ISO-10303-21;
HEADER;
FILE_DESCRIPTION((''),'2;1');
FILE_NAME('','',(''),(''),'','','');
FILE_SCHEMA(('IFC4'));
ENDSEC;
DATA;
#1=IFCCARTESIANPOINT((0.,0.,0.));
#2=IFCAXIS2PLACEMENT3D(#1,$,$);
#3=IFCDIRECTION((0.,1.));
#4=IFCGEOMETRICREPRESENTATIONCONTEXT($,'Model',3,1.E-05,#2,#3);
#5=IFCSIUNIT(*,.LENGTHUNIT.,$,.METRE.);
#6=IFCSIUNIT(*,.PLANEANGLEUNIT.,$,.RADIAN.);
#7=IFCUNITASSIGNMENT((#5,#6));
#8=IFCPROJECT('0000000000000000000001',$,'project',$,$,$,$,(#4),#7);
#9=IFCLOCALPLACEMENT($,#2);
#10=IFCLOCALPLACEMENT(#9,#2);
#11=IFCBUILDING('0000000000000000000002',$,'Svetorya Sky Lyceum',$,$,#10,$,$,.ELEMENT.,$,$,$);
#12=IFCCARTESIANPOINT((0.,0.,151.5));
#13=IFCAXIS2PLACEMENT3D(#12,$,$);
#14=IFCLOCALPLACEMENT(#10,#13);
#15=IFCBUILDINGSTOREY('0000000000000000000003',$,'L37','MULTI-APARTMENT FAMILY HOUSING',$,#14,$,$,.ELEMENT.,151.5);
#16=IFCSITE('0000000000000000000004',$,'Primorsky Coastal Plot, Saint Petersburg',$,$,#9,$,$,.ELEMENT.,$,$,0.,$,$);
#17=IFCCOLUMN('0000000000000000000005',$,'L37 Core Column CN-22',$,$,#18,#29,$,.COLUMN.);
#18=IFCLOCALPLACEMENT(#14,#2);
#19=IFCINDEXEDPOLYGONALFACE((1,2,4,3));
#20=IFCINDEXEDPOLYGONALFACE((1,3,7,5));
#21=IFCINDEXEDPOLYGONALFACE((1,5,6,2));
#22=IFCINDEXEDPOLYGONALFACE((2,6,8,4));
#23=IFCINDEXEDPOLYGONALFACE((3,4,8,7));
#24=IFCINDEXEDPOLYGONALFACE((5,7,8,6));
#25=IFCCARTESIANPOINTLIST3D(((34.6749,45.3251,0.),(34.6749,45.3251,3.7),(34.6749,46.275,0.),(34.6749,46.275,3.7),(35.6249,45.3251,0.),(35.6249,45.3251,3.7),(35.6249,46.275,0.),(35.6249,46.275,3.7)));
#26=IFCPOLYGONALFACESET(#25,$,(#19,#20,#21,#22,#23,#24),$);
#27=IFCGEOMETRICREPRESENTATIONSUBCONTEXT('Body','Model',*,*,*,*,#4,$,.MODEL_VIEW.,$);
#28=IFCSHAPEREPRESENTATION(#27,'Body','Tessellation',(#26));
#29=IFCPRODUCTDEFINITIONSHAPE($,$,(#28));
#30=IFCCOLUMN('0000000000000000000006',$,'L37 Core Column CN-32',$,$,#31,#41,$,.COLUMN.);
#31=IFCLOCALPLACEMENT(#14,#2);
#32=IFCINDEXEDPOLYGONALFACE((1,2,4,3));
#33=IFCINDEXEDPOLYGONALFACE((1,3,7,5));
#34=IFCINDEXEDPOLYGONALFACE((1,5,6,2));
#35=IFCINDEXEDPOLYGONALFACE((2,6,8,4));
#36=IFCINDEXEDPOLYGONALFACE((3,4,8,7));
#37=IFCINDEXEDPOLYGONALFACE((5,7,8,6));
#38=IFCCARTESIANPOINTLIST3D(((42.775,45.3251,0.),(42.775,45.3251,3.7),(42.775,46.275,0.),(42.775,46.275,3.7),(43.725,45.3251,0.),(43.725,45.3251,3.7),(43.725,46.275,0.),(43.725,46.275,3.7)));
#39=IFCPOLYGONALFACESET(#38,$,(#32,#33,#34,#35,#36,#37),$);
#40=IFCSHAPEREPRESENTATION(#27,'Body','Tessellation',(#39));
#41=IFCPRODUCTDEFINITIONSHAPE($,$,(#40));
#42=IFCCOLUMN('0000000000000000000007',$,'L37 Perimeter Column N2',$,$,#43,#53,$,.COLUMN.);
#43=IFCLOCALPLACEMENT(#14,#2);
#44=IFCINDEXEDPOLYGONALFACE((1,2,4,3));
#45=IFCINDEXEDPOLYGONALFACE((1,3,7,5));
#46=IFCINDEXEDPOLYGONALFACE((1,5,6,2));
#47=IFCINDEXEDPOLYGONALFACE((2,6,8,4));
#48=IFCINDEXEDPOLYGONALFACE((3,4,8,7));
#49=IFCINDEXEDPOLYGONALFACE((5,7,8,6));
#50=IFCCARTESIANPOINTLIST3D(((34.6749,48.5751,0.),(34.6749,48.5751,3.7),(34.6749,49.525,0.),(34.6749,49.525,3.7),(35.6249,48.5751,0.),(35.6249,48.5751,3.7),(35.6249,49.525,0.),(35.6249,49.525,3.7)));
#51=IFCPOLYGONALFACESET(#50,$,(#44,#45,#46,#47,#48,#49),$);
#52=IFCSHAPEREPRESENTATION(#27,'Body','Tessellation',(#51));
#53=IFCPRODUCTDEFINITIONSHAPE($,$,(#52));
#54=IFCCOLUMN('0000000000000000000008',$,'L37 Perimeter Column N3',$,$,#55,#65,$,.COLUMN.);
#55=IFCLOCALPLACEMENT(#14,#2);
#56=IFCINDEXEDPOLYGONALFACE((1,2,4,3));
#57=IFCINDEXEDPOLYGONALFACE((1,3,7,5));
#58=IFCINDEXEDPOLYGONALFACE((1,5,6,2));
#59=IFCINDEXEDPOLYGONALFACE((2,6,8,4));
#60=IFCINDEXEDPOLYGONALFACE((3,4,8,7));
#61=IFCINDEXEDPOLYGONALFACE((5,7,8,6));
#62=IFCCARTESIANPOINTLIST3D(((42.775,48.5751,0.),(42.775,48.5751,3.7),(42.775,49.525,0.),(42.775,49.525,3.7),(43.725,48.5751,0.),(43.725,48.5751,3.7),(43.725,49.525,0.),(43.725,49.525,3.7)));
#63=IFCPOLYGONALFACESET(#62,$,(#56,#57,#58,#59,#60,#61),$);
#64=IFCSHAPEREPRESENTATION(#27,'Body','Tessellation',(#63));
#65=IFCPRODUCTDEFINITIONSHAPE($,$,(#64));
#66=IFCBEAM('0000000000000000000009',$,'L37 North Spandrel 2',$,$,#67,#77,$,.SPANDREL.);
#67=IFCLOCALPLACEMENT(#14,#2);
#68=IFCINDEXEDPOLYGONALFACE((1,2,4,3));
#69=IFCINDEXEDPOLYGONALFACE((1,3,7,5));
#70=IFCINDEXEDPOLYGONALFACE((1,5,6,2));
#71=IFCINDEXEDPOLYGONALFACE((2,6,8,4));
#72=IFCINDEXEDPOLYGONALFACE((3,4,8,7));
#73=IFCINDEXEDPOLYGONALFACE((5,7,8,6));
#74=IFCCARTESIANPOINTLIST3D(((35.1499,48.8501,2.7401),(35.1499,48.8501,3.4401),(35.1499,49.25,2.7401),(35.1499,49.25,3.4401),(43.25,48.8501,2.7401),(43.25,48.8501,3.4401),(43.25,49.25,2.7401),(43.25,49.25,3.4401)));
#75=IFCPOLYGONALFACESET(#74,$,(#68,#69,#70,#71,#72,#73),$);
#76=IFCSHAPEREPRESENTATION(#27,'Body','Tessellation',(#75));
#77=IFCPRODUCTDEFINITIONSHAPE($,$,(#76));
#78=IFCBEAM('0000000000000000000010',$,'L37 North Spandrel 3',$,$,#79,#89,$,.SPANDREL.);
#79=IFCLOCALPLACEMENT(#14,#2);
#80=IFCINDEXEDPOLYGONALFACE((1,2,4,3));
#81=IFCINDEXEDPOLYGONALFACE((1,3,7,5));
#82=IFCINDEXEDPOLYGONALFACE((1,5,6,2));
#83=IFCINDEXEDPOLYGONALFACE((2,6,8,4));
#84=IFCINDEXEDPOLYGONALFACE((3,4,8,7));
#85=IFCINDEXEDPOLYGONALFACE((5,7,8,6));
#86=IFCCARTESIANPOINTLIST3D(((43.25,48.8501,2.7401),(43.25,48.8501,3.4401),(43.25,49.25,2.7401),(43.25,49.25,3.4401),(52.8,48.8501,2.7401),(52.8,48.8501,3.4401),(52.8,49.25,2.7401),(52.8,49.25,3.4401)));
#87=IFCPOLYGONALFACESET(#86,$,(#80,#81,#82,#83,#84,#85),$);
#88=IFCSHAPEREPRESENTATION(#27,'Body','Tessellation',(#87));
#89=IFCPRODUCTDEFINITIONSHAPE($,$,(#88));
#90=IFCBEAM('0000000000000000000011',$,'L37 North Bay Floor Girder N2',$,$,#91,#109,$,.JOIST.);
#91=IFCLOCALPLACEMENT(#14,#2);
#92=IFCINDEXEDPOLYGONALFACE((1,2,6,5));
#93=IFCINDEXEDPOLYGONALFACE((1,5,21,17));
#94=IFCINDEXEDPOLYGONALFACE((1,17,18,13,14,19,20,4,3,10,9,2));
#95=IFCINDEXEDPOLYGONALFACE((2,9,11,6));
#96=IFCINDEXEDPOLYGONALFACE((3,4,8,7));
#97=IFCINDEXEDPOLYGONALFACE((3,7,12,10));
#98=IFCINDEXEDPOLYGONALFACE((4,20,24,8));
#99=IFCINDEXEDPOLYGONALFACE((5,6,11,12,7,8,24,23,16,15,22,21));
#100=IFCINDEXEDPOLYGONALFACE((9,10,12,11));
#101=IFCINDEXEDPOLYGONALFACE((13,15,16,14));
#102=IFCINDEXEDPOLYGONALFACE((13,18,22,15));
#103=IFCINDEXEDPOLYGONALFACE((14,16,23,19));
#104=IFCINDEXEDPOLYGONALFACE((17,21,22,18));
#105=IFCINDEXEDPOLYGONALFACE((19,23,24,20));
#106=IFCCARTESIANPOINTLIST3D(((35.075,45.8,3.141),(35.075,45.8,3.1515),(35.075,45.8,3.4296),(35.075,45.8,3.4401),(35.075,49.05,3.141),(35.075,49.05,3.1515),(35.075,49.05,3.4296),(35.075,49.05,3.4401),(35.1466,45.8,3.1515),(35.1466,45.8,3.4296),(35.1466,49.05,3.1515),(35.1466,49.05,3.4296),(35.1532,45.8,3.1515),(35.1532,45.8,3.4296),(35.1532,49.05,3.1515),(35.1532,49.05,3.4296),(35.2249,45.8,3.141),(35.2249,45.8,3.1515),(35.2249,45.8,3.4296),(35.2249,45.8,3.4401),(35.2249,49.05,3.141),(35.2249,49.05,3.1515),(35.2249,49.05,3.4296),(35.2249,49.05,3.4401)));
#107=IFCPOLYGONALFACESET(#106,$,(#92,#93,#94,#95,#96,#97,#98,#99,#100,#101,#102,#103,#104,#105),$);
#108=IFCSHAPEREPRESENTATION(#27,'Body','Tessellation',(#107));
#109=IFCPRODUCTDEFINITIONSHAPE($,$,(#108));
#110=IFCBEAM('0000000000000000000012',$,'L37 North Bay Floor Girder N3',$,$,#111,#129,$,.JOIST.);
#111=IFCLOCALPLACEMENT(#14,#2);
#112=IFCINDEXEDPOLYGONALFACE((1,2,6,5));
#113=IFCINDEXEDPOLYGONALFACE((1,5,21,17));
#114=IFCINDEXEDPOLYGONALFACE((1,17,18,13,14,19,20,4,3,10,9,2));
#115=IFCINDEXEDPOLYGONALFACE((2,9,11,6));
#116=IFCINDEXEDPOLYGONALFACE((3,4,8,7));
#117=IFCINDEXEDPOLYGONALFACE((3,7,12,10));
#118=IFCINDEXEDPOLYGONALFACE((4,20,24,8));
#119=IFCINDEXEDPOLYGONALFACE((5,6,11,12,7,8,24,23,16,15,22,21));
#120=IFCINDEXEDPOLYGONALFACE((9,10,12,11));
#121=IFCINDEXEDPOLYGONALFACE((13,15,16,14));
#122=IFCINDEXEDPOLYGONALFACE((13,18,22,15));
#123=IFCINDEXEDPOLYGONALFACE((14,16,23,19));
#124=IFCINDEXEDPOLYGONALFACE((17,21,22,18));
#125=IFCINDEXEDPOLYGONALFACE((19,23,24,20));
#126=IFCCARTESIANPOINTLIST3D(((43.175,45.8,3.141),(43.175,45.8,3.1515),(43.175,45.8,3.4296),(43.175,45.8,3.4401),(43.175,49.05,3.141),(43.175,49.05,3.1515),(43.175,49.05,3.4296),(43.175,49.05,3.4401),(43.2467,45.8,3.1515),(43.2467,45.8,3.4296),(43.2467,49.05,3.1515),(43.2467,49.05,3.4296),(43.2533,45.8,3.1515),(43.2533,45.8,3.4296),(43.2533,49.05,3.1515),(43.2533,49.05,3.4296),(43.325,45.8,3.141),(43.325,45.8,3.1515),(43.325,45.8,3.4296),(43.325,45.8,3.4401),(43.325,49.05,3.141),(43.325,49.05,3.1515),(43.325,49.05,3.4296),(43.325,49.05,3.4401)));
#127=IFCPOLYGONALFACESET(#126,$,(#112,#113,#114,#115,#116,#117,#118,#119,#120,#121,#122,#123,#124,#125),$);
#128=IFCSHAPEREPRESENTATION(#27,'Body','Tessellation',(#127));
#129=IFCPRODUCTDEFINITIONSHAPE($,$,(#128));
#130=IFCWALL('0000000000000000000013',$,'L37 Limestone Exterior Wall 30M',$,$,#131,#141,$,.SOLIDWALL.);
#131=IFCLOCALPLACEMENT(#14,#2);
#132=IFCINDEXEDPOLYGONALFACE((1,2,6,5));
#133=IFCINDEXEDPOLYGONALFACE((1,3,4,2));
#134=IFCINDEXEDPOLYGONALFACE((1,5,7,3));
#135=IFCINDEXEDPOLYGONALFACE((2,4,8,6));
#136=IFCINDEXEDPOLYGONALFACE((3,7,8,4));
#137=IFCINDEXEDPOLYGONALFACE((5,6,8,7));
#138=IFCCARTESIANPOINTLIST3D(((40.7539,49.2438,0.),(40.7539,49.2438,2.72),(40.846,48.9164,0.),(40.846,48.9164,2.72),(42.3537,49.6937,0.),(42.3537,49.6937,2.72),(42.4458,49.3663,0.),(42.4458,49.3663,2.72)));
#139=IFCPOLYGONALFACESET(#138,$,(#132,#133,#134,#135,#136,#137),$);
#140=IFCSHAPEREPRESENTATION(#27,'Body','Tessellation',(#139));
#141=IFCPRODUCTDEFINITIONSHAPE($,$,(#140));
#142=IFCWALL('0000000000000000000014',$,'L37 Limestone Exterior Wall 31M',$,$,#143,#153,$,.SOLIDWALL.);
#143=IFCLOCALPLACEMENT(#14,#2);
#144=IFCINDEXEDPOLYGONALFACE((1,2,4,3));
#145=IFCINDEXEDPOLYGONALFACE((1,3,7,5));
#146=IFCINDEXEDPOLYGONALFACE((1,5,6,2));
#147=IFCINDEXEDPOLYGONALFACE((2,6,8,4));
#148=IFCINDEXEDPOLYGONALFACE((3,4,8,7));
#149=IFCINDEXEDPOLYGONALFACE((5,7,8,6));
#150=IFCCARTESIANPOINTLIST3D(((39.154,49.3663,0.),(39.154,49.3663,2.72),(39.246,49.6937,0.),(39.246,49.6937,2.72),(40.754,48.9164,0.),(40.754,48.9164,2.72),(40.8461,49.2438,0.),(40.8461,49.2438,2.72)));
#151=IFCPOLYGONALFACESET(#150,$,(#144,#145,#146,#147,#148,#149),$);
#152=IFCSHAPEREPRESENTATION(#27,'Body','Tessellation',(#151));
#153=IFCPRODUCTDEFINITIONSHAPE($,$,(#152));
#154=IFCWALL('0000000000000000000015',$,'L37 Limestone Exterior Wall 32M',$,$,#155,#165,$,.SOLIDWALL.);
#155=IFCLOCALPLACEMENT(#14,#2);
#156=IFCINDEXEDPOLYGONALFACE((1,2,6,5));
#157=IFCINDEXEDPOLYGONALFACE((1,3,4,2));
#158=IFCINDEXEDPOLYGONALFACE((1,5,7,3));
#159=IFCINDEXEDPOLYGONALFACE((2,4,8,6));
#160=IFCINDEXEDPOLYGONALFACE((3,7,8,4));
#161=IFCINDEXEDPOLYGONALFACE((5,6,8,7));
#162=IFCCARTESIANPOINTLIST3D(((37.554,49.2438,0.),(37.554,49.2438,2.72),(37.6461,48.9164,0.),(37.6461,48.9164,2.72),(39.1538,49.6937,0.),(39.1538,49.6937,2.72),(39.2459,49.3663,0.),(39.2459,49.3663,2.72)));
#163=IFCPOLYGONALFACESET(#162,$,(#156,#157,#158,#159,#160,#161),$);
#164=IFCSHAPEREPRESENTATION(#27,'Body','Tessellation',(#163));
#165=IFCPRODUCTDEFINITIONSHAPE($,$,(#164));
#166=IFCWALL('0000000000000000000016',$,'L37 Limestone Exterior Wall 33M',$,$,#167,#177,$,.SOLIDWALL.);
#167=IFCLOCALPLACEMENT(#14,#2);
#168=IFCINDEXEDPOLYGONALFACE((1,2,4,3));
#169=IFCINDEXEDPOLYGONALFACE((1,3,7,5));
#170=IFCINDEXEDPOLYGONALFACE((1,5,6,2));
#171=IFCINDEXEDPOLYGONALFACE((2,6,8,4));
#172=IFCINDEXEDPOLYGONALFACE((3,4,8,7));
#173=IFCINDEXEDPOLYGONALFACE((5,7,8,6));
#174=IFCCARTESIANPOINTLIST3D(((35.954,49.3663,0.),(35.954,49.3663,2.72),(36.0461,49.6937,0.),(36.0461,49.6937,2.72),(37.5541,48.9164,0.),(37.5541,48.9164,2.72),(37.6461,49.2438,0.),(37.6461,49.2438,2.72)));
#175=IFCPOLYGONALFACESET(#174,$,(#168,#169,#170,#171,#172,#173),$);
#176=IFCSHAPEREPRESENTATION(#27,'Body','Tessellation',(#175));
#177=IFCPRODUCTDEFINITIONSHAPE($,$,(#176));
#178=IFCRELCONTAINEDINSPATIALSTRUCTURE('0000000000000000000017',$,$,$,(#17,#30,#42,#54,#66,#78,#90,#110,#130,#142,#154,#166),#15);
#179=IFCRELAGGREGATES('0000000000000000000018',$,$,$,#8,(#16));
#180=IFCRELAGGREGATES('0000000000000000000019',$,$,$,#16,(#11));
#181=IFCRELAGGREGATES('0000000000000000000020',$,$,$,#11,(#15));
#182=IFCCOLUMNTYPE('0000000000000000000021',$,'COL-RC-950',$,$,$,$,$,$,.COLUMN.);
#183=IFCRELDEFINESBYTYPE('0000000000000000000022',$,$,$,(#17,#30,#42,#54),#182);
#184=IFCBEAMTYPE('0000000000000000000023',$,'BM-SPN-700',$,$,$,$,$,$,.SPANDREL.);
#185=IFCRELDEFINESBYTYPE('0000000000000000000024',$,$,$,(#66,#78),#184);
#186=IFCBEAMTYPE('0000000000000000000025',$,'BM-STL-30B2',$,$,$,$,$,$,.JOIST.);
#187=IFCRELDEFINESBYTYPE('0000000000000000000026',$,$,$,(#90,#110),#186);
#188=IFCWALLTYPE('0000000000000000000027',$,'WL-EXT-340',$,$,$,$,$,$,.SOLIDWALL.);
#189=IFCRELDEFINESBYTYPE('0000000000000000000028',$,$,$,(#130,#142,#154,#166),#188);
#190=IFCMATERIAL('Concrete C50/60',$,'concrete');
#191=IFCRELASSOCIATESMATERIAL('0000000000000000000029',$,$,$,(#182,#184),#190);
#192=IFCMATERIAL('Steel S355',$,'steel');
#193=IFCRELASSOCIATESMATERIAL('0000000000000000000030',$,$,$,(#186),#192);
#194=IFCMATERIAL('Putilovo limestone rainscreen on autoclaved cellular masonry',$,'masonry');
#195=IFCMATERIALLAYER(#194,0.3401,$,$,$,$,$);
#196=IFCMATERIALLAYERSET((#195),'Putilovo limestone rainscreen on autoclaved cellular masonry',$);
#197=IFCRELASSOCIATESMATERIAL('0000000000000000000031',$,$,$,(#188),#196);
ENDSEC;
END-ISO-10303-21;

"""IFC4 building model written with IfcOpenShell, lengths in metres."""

from ifc_helpers import new_model, si_unit, direction, frame, frame_2d, origin, origin_2d, place, context, subcontext, project, spatial, rectangle, i_section, extrude, material, layer, layer_set, material_profile, profile_set, type_object, element, save


model = new_model("IFC4")

# Units and contexts
model_context = context("Model", 3, precision=1e-05, world=origin(), true_north=direction((0.0, 1.0)))
body_context = subcontext(model_context, "Body", "Model", "MODEL_VIEW")
ifc_project = project(units=[si_unit("LENGTHUNIT", "METRE"), si_unit("PLANEANGLEUNIT", "RADIAN")], contexts=[model_context])

# Site, building, storey
site_placement = place(None, origin())
site = spatial("IfcSite", under=ifc_project, at=site_placement, Name="Primorsky Coastal Plot, Saint Petersburg", CompositionType="ELEMENT", RefElevation=0.0)
building_placement = place(site_placement, origin())
building = spatial("IfcBuilding", under=site, at=building_placement, Name="Svetorya Sky Lyceum", CompositionType="ELEMENT")
storey_placement = place(building_placement, frame((0.0, 0.0, 151.5)))
storey = spatial("IfcBuildingStorey", under=building, at=storey_placement, Name="L37", Description="MULTI-APARTMENT FAMILY HOUSING", CompositionType="ELEMENT", Elevation=151.5)

# Columns
ifc_material_1 = material(Name="Concrete C50/60", Category="concrete")
ifc_material_profile_1 = material_profile(ifc_material_1, rectangle(XDim=0.95, YDim=0.95, at=origin_2d()), Name="RC COL 950x950")
ifc_profile_set_1 = profile_set([ifc_material_profile_1], Name="Concrete C50/60")
column_type = type_object("IfcColumnType", Name="COL-RC-950", PredefinedType="COLUMN", material=ifc_profile_set_1)
for number, where, z_axis, x_axis, name in (
    (1, (35.1499, 45.8, 0.0), (0.0, 0.0, 1.0), (1.0, 0.0, 0.0), "L37 Core Column CN-22"),
    (2, (43.25, 45.8, 0.0), (0.0, 0.0, 1.0), (1.0, 0.0, 0.0), "L37 Core Column CN-32"),
    (3, (35.1499, 49.05, 0.0), (0.0, 0.0, 1.0), (1.0, 0.0, 0.0), "L37 Perimeter Column N2"),
    (4, (43.25, 49.05, 0.0), (0.0, 0.0, 1.0), (1.0, 0.0, 0.0), "L37 Perimeter Column N3"),
):
    element("IfcColumn", number, at=place(storey_placement, frame(where, z_axis=z_axis, x_axis=x_axis)), inside=storey, type_object=column_type, Name=name, PredefinedType="COLUMN", context=body_context, shape_type="SweptSolid", body=[
        extrude(rectangle(XDim=0.95, YDim=0.95, at=origin_2d()), origin(), (0.0, 0.0, 1.0), 3.7),
    ])

# Beams
ifc_material_profile_2 = material_profile(ifc_material_1, rectangle(XDim=0.3999, YDim=0.7, at=origin_2d()), Name="RC SPANDREL 400x700")
ifc_profile_set_2 = profile_set([ifc_material_profile_2], Name="Concrete C50/60")
beam_type_1 = type_object("IfcBeamType", Name="BM-SPN-700", PredefinedType="SPANDREL", material=ifc_profile_set_2)
beam_1_placement = place(storey_placement, frame((35.1499, 49.05, 3.0901), z_axis=(1.0, 0.0, 0.0), x_axis=(0.0, 1.0, 0.0)))
element("IfcBeam", 5, at=beam_1_placement, inside=storey, type_object=beam_type_1, Name="L37 North Spandrel 2", PredefinedType="SPANDREL", context=body_context, shape_type="SweptSolid", body=[
    extrude(rectangle(XDim=0.3999, YDim=0.7, at=origin_2d()), origin(), (0.0, 0.0, 1.0), 8.1001),
])
beam_2_placement = place(storey_placement, frame((43.25, 49.05, 3.0901), z_axis=(1.0, 0.0, 0.0), x_axis=(0.0, 1.0, 0.0)))
element("IfcBeam", 6, at=beam_2_placement, inside=storey, type_object=beam_type_1, Name="L37 North Spandrel 3", PredefinedType="SPANDREL", context=body_context, shape_type="SweptSolid", body=[
    extrude(rectangle(XDim=0.3999, YDim=0.7, at=origin_2d()), origin(), (0.0, 0.0, 1.0), 9.55),
])
ifc_material_2 = material(Name="Steel S355", Category="steel")
ifc_material_profile_3 = material_profile(ifc_material_2, i_section(OverallWidth=0.1499, OverallDepth=0.2991, WebThickness=0.0066, FlangeThickness=0.0105, at=origin_2d()), Name="GOST 30B2")
ifc_profile_set_3 = profile_set([ifc_material_profile_3], Name="Steel S355")
beam_type_2 = type_object("IfcBeamType", Name="BM-STL-30B2", PredefinedType="JOIST", material=ifc_profile_set_3)
for number, where, z_axis, x_axis, name in (
    (7, (35.1499, 45.8, 3.2905), (0.0, 1.0, 0.0), (-1.0, 0.0, 0.0), "L37 North Bay Floor Girder N2"),
    (8, (43.25, 45.8, 3.2905), (0.0, 1.0, 0.0), (-1.0, 0.0, 0.0), "L37 North Bay Floor Girder N3"),
):
    element("IfcBeam", number, at=place(storey_placement, frame(where, z_axis=z_axis, x_axis=x_axis)), inside=storey, type_object=beam_type_2, Name=name, PredefinedType="JOIST", context=body_context, shape_type="SweptSolid", body=[
        extrude(i_section(OverallWidth=0.1499, OverallDepth=0.2991, WebThickness=0.0066, FlangeThickness=0.0105, at=origin_2d()), origin(), (0.0, 0.0, 1.0), 3.25),
    ])

# Walls
ifc_material_3 = material(Name="Putilovo limestone rainscreen on autoclaved cellular masonry", Category="masonry")
ifc_layer_1 = layer(ifc_material_3, 0.3401)
ifc_layer_set_1 = layer_set([ifc_layer_1], Name="Putilovo limestone rainscreen on autoclaved cellular masonry")
wall_type_1 = type_object("IfcWallType", Name="WL-EXT-340", PredefinedType="SOLIDWALL", material=ifc_layer_set_1)
wall_1_placement = place(storey_placement, frame((42.3999, 49.53, 0.0), z_axis=(0.0, 0.0, 1.0), x_axis=(-0.962652, -0.270741, 0.0)))
element("IfcWall", 9, at=wall_1_placement, inside=storey, type_object=wall_type_1, Name="L37 Limestone Exterior Wall 30M", PredefinedType="SOLIDWALL", context=body_context, shape_type="SweptSolid", body=[
    extrude(rectangle(XDim=1.6619, YDim=0.3401, at=frame_2d((0.8311, 0.0))), origin(), (0.0, 0.0, 1.0), 2.72),
])
wall_2_placement = place(storey_placement, frame((40.8, 49.0801, 0.0), z_axis=(0.0, 0.0, 1.0), x_axis=(-0.962663, 0.270703, 0.0)))
element("IfcWall", 10, at=wall_2_placement, inside=storey, type_object=wall_type_1, Name="L37 Limestone Exterior Wall 31M", PredefinedType="SOLIDWALL", context=body_context, shape_type="SweptSolid", body=[
    extrude(rectangle(XDim=1.6621, YDim=0.3401, at=frame_2d((0.8311, 0.0))), origin(), (0.0, 0.0, 1.0), 2.72),
])
wall_3_placement = place(storey_placement, frame((39.2, 49.53, 0.0), z_axis=(0.0, 0.0, 1.0), x_axis=(-0.962652, -0.270741, 0.0)))
element("IfcWall", 11, at=wall_3_placement, inside=storey, type_object=wall_type_1, Name="L37 Limestone Exterior Wall 32M", PredefinedType="SOLIDWALL", context=body_context, shape_type="SweptSolid", body=[
    extrude(rectangle(XDim=1.6619, YDim=0.3401, at=frame_2d((0.8311, 0.0))), origin(), (0.0, 0.0, 1.0), 2.72),
])
wall_4_placement = place(storey_placement, frame((37.6001, 49.0801, 0.0), z_axis=(0.0, 0.0, 1.0), x_axis=(-0.962663, 0.270703, 0.0)))
element("IfcWall", 12, at=wall_4_placement, inside=storey, type_object=wall_type_1, Name="L37 Limestone Exterior Wall 33M", PredefinedType="SOLIDWALL", context=body_context, shape_type="SweptSolid", body=[
    extrude(rectangle(XDim=1.6621, YDim=0.3401, at=frame_2d((0.8311, 0.0))), origin(), (0.0, 0.0, 1.0), 2.72),
])

save(model, "model.ifc")
